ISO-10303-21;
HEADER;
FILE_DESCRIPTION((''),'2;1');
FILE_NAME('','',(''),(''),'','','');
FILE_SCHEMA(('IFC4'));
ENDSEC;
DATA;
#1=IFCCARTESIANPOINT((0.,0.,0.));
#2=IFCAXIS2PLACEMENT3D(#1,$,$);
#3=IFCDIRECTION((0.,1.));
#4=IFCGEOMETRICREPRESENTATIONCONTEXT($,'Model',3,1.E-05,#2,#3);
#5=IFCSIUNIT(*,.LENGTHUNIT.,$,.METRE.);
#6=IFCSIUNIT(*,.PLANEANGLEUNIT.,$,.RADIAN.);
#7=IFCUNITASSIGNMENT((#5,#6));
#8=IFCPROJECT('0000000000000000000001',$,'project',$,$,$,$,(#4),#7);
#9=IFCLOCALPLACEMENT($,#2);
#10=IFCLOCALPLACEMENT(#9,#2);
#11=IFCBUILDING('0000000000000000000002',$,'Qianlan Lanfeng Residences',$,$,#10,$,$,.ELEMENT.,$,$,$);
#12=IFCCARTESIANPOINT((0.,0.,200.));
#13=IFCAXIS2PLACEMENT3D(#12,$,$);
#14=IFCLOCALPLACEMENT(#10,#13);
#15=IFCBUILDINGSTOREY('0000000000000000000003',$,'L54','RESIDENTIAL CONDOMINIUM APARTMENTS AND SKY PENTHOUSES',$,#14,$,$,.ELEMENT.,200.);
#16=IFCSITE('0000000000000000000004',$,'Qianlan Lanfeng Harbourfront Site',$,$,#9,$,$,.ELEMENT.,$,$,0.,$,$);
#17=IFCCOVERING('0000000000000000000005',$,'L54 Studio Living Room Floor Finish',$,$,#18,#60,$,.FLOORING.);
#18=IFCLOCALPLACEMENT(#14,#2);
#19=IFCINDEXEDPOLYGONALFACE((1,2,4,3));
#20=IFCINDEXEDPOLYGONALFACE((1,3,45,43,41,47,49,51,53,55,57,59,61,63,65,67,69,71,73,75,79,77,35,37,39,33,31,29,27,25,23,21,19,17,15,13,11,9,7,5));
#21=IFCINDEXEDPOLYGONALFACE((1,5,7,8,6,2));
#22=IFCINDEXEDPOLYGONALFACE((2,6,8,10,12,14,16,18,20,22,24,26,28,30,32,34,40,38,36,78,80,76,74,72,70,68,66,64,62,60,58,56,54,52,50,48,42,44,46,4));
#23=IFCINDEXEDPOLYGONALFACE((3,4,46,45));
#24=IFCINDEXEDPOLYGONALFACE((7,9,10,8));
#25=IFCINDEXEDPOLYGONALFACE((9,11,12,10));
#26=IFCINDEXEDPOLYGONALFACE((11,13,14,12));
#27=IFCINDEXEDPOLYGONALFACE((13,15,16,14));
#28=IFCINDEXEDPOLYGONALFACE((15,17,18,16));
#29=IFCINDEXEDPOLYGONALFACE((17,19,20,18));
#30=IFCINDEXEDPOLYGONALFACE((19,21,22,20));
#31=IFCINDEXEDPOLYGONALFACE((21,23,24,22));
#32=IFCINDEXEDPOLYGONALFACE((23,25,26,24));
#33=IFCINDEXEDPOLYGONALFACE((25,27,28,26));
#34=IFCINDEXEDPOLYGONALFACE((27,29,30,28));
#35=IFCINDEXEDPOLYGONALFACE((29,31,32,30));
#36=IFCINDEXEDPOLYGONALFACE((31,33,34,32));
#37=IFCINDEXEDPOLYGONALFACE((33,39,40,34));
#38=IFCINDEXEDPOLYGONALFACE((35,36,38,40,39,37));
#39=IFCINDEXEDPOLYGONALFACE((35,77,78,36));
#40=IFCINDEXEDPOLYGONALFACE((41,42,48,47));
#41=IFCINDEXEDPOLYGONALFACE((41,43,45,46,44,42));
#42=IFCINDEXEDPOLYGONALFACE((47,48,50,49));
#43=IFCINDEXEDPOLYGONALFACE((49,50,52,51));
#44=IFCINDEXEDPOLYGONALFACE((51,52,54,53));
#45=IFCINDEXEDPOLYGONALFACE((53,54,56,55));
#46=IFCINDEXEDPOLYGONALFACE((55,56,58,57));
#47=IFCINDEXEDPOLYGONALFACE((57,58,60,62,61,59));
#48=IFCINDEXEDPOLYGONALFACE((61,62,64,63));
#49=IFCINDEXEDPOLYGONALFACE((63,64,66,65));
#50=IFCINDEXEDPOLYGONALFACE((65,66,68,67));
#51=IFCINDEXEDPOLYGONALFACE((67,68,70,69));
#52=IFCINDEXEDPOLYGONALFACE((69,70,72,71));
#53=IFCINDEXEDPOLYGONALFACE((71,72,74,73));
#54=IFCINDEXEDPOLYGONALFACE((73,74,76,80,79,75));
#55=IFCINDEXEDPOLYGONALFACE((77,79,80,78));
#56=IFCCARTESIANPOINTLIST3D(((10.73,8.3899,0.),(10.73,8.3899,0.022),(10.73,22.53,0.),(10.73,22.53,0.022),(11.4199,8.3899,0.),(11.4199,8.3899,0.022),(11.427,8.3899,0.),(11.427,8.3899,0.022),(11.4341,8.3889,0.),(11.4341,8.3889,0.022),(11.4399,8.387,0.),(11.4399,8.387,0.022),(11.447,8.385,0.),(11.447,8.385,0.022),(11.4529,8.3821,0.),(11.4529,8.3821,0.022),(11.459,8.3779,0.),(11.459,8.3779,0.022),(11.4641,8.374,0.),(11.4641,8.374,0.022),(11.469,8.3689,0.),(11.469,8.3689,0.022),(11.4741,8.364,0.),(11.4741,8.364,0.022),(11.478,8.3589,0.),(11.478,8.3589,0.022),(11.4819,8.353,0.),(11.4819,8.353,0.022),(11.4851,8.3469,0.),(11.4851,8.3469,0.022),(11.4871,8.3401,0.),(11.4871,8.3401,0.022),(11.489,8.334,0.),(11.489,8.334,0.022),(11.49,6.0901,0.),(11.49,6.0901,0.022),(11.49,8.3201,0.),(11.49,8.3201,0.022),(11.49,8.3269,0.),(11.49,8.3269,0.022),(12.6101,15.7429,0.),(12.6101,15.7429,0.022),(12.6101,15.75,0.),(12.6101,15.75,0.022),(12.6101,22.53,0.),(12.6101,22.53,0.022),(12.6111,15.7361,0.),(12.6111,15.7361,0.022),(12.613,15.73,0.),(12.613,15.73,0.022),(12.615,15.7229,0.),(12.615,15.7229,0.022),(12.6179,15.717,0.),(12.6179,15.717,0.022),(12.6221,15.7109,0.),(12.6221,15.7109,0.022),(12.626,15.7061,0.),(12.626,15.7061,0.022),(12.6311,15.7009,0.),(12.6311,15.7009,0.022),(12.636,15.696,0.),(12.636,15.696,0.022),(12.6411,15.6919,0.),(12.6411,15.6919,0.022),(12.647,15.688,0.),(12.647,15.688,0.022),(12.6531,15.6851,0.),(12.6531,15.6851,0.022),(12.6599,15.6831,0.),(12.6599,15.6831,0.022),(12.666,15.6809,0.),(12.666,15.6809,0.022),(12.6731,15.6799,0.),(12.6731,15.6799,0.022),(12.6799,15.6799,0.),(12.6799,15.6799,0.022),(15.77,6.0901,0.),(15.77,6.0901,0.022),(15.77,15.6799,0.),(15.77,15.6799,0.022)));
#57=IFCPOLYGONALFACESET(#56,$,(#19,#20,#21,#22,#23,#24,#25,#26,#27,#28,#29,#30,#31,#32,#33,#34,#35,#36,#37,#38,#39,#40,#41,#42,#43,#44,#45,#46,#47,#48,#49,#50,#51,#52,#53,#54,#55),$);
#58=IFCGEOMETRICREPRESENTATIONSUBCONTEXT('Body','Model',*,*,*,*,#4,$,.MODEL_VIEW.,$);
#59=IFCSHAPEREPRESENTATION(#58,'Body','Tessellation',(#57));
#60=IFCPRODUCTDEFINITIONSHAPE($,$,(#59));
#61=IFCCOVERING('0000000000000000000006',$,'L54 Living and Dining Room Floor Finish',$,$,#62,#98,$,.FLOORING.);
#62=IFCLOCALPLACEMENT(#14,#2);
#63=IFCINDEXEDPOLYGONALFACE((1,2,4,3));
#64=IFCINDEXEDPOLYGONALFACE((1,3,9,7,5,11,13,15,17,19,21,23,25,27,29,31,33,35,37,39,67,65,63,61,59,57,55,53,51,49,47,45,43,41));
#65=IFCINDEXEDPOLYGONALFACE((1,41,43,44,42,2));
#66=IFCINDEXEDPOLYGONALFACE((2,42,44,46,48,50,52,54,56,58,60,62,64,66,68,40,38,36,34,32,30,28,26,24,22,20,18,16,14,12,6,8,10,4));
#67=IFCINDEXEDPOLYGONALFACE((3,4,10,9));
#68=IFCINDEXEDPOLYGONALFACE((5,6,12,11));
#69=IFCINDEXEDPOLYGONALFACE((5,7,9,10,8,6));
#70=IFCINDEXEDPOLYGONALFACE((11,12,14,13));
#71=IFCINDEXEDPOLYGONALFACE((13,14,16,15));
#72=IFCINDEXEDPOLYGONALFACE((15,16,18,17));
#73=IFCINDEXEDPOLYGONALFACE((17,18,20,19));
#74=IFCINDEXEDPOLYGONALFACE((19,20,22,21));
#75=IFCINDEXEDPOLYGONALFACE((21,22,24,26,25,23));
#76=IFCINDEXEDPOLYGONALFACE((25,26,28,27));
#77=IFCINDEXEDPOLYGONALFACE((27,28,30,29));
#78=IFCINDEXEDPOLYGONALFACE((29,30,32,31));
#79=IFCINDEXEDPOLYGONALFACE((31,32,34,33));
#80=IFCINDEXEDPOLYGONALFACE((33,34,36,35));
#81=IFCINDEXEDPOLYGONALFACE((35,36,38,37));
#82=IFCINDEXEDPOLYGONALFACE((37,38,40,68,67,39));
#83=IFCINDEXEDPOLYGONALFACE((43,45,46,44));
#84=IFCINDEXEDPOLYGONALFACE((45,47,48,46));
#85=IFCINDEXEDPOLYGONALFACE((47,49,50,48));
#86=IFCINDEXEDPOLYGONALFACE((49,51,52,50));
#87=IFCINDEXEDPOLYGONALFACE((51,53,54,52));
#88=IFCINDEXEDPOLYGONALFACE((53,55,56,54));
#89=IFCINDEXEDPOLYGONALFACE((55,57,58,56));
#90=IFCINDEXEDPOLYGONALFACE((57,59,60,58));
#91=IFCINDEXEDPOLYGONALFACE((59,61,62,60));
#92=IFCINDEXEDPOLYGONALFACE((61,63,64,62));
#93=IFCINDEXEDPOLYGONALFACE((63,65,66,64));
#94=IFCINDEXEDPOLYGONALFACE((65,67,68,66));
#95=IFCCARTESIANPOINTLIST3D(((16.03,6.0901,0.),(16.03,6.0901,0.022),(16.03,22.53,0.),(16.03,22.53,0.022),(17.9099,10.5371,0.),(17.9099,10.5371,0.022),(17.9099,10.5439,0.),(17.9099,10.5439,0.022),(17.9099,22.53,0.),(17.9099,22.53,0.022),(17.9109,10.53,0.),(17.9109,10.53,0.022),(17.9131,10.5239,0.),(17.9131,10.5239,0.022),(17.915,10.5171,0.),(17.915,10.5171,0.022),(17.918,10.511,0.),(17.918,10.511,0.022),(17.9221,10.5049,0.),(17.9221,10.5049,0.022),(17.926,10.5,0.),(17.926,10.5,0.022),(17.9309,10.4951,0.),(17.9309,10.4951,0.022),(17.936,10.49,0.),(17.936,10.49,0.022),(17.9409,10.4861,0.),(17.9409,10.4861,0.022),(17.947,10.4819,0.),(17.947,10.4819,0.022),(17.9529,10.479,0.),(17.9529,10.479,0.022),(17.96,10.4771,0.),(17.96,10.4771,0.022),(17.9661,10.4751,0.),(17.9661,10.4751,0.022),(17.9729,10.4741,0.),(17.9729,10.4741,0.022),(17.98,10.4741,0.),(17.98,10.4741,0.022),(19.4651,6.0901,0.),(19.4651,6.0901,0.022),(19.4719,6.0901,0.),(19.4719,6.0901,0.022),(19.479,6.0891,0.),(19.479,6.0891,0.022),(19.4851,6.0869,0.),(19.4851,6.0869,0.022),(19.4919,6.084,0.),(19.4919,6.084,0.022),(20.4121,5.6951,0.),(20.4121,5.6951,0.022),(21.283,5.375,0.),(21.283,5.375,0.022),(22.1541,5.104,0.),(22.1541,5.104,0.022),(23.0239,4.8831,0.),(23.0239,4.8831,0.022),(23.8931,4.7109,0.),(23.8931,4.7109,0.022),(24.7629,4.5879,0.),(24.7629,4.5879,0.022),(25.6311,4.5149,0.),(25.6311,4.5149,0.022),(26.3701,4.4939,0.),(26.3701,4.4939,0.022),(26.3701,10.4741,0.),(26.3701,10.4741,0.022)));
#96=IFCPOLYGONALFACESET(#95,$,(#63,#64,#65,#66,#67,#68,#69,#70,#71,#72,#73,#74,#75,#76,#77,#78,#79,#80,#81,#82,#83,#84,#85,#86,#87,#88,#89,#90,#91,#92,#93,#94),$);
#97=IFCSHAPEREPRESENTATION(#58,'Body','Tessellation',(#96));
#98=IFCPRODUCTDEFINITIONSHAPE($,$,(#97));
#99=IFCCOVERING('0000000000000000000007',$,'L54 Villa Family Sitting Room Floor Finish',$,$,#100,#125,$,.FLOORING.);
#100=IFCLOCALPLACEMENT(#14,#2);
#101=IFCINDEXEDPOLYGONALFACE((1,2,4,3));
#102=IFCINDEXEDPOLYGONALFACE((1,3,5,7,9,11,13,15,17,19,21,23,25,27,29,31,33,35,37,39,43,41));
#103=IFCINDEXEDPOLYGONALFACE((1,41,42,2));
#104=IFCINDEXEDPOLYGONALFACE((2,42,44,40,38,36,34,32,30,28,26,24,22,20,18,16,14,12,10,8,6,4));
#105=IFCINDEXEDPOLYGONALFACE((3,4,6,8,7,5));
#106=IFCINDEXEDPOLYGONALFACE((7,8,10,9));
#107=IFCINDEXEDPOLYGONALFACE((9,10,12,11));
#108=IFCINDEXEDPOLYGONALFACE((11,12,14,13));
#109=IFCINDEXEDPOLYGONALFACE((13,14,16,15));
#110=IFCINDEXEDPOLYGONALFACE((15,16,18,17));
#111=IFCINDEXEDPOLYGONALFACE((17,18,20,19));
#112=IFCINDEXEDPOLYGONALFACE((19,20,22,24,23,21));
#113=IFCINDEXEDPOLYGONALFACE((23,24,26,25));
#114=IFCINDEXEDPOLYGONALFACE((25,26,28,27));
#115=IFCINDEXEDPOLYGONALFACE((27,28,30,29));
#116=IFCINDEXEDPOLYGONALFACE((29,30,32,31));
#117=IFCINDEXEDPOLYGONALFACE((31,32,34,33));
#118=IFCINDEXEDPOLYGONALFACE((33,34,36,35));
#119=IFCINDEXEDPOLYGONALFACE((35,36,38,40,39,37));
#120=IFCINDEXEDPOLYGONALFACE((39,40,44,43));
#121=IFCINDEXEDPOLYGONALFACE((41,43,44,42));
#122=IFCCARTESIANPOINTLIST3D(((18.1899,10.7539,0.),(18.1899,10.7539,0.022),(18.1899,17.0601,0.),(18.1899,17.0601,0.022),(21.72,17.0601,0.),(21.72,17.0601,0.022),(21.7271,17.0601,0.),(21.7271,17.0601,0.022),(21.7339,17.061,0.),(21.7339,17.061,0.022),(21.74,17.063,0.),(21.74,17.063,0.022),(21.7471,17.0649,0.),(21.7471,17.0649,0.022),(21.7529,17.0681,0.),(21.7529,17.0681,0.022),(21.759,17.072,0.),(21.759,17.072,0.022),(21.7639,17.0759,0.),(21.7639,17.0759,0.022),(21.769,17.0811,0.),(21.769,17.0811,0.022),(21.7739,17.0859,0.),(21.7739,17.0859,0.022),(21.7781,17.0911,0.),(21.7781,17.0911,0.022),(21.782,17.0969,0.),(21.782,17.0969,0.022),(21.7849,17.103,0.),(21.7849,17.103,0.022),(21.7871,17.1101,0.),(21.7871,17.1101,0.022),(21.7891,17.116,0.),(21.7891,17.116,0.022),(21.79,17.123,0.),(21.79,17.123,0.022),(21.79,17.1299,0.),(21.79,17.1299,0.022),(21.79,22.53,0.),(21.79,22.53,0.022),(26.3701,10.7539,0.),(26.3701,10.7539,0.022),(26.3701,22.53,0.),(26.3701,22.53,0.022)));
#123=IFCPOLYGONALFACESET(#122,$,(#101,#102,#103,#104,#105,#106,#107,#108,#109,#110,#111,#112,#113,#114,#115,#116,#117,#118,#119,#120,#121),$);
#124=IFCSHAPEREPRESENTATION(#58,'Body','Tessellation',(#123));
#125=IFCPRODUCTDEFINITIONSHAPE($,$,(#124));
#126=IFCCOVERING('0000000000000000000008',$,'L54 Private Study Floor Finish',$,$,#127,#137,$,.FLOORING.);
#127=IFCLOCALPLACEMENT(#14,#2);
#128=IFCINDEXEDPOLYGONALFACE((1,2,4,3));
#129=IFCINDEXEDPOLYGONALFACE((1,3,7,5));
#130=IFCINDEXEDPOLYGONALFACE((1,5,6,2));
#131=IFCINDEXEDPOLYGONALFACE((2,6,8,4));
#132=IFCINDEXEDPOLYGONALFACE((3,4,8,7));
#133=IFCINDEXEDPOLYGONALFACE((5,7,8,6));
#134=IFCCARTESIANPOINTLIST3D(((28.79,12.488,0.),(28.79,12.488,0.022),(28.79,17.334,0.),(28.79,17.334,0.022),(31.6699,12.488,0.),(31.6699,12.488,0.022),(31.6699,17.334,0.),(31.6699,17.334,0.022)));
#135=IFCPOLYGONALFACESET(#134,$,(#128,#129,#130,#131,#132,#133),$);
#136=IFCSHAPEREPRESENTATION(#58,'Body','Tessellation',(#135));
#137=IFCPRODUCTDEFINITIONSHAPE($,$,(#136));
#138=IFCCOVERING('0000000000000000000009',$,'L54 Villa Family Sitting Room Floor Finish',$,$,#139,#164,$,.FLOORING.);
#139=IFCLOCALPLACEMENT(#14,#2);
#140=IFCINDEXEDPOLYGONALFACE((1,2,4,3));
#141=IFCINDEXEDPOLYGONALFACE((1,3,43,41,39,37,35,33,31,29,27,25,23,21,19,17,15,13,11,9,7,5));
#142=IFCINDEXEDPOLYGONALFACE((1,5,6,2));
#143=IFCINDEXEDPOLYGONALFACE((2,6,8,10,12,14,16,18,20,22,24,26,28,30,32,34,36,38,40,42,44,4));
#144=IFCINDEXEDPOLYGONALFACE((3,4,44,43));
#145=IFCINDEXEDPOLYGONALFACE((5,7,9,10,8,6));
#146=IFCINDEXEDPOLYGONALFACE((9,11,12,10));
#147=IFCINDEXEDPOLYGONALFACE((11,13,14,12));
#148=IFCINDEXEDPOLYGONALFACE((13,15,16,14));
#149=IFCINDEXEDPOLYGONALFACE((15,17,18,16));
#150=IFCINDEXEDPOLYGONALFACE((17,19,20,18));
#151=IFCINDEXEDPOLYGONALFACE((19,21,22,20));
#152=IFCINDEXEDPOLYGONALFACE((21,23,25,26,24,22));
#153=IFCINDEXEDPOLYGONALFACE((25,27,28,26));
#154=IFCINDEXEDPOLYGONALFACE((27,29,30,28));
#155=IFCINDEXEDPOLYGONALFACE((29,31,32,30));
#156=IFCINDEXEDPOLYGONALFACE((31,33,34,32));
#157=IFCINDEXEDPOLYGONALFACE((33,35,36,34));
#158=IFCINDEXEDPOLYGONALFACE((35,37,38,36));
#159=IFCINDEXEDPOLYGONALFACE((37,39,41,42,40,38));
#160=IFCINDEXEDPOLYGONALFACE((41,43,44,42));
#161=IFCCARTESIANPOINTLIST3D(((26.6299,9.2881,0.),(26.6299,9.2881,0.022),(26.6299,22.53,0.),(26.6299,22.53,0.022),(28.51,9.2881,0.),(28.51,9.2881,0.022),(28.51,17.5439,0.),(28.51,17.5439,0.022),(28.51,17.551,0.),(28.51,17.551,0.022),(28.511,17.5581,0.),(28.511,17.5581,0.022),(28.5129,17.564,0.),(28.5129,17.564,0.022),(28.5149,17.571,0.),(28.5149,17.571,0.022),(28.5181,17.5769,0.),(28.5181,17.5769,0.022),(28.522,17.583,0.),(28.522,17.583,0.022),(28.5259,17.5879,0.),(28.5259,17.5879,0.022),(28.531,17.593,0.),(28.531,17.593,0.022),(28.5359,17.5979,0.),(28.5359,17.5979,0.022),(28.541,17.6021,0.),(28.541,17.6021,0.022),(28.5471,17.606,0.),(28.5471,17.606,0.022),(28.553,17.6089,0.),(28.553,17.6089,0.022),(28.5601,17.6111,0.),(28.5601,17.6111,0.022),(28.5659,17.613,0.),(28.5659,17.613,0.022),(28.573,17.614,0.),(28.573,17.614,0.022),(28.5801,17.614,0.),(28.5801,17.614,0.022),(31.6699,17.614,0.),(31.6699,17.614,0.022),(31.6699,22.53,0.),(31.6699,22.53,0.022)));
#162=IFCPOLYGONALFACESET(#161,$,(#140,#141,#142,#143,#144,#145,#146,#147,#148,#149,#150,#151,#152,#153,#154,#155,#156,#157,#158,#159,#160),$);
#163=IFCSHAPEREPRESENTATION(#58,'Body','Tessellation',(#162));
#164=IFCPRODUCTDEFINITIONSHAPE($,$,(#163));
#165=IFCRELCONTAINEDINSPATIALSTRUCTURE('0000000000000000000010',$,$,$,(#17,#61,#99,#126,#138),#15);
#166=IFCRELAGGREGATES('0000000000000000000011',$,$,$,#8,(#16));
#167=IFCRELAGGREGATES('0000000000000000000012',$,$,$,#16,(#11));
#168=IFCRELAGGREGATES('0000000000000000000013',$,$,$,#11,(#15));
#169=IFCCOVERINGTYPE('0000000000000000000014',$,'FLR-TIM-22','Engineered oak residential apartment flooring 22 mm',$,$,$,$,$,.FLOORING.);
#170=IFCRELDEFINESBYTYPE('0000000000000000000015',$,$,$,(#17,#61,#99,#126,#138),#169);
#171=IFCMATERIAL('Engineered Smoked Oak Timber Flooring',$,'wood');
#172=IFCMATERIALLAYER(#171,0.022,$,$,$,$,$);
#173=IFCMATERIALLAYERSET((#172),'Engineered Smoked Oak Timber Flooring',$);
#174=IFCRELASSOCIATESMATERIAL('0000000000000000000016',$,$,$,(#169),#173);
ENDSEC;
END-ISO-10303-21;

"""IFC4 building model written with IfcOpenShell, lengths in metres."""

from ifc_helpers import new_model, si_unit, direction, frame, origin, place, context, subcontext, project, spatial, polyline, outline, extrude, material, layer, layer_set, type_object, element, save


model = new_model("IFC4")

# Units and contexts
model_context = context("Model", 3, precision=1e-05, world=origin(), true_north=direction((0.0, 1.0)))
body_context = subcontext(model_context, "Body", "Model", "MODEL_VIEW")
ifc_project = project(units=[si_unit("LENGTHUNIT", "METRE"), si_unit("PLANEANGLEUNIT", "RADIAN")], contexts=[model_context])

# Site, building, storey
site_placement = place(None, origin())
site = spatial("IfcSite", under=ifc_project, at=site_placement, Name="Qianlan Lanfeng Harbourfront Site", CompositionType="ELEMENT", RefElevation=0.0)
building_placement = place(site_placement, origin())
building = spatial("IfcBuilding", under=site, at=building_placement, Name="Qianlan Lanfeng Residences", CompositionType="ELEMENT")
storey_placement = place(building_placement, frame((0.0, 0.0, 200.0)))
storey = spatial("IfcBuildingStorey", under=building, at=storey_placement, Name="L54", Description="RESIDENTIAL CONDOMINIUM APARTMENTS AND SKY PENTHOUSES", CompositionType="ELEMENT", Elevation=200.0)

# Coverings
ifc_material_1 = material(Name="Engineered Smoked Oak Timber Flooring", Category="wood")
ifc_layer_1 = layer(ifc_material_1, 0.022)
ifc_layer_set_1 = layer_set([ifc_layer_1], Name="Engineered Smoked Oak Timber Flooring")
covering_type_1 = type_object("IfcCoveringType", Name="FLR-TIM-22", Description="Engineered oak residential apartment flooring 22 mm", PredefinedType="FLOORING", material=ifc_layer_set_1)
covering_1_placement = place(storey_placement, origin())
element("IfcCovering", 1, at=covering_1_placement, inside=storey, type_object=covering_type_1, Name="L54 Studio Living Room Floor Finish", PredefinedType="FLOORING", context=body_context, shape_type="SweptSolid", body=[
    extrude(outline(polyline([(15.77, 6.0901), (15.77, 15.6799), (12.6799, 15.6799), (12.6731, 15.6799), (12.666, 15.6809), (12.6599, 15.6831), (12.6531, 15.6851), (12.647, 15.688), (12.6411, 15.6919), (12.636, 15.696), (12.6311, 15.7009), (12.626, 15.7061), (12.6221, 15.7109), (12.6179, 15.717), (12.615, 15.7229), (12.613, 15.73), (12.6111, 15.7361), (12.6101, 15.7429), (12.6101, 15.75), (12.6101, 22.53), (10.73, 22.53), (10.73, 8.3899), (11.4199, 8.3899), (11.427, 8.3899), (11.4341, 8.3889), (11.4399, 8.387), (11.447, 8.385), (11.4529, 8.3821), (11.459, 8.3779), (11.4641, 8.374), (11.469, 8.3689), (11.4741, 8.364), (11.478, 8.3589), (11.4819, 8.353), (11.4851, 8.3469), (11.4871, 8.3401), (11.489, 8.334), (11.49, 8.3269), (11.49, 8.3201), (11.49, 6.0901), (15.77, 6.0901)])), origin(), (0.0, 0.0, 1.0), 0.022),
])
covering_2_placement = place(storey_placement, origin())
element("IfcCovering", 2, at=covering_2_placement, inside=storey, type_object=covering_type_1, Name="L54 Living and Dining Room Floor Finish", PredefinedType="FLOORING", context=body_context, shape_type="SweptSolid", body=[
    extrude(outline(polyline([(26.3701, 4.4939), (26.3701, 10.4741), (17.98, 10.4741), (17.9729, 10.4741), (17.9661, 10.4751), (17.96, 10.4771), (17.9529, 10.479), (17.947, 10.4819), (17.9409, 10.4861), (17.936, 10.49), (17.9309, 10.4951), (17.926, 10.5), (17.9221, 10.5049), (17.918, 10.511), (17.915, 10.5171), (17.9131, 10.5239), (17.9109, 10.53), (17.9099, 10.5371), (17.9099, 10.5439), (17.9099, 22.53), (16.03, 22.53), (16.03, 6.0901), (19.4651, 6.0901), (19.4719, 6.0901), (19.479, 6.0891), (19.4851, 6.0869), (19.4919, 6.084), (20.4121, 5.6951), (21.283, 5.375), (22.1541, 5.104), (23.0239, 4.8831), (23.8931, 4.7109), (24.7629, 4.5879), (25.6311, 4.5149), (26.3701, 4.4939)])), origin(), (0.0, 0.0, 1.0), 0.022),
])
covering_3_placement = place(storey_placement, origin())
element("IfcCovering", 3, at=covering_3_placement, inside=storey, type_object=covering_type_1, Name="L54 Villa Family Sitting Room Floor Finish", PredefinedType="FLOORING", context=body_context, shape_type="SweptSolid", body=[
    extrude(outline(polyline([(18.1899, 10.7539), (26.3701, 10.7539), (26.3701, 22.53), (21.79, 22.53), (21.79, 17.1299), (21.79, 17.123), (21.7891, 17.116), (21.7871, 17.1101), (21.7849, 17.103), (21.782, 17.0969), (21.7781, 17.0911), (21.7739, 17.0859), (21.769, 17.0811), (21.7639, 17.0759), (21.759, 17.072), (21.7529, 17.0681), (21.7471, 17.0649), (21.74, 17.063), (21.7339, 17.061), (21.7271, 17.0601), (21.72, 17.0601), (18.1899, 17.0601), (18.1899, 10.7539)])), origin(), (0.0, 0.0, 1.0), 0.022),
])
covering_4_placement = place(storey_placement, origin())
element("IfcCovering", 4, at=covering_4_placement, inside=storey, type_object=covering_type_1, Name="L54 Private Study Floor Finish", PredefinedType="FLOORING", context=body_context, shape_type="SweptSolid", body=[
    extrude(outline(polyline([(28.79, 12.488), (31.6699, 12.488), (31.6699, 17.334), (28.79, 17.334), (28.79, 12.488)])), origin(), (0.0, 0.0, 1.0), 0.022),
])
covering_5_placement = place(storey_placement, origin())
element("IfcCovering", 5, at=covering_5_placement, inside=storey, type_object=covering_type_1, Name="L54 Villa Family Sitting Room Floor Finish", PredefinedType="FLOORING", context=body_context, shape_type="SweptSolid", body=[
    extrude(outline(polyline([(26.6299, 9.2881), (28.51, 9.2881), (28.51, 17.5439), (28.51, 17.551), (28.511, 17.5581), (28.5129, 17.564), (28.5149, 17.571), (28.5181, 17.5769), (28.522, 17.583), (28.5259, 17.5879), (28.531, 17.593), (28.5359, 17.5979), (28.541, 17.6021), (28.5471, 17.606), (28.553, 17.6089), (28.5601, 17.6111), (28.5659, 17.613), (28.573, 17.614), (28.5801, 17.614), (31.6699, 17.614), (31.6699, 22.53), (26.6299, 22.53), (26.6299, 9.2881)])), origin(), (0.0, 0.0, 1.0), 0.022),
])

save(model, "model.ifc")
